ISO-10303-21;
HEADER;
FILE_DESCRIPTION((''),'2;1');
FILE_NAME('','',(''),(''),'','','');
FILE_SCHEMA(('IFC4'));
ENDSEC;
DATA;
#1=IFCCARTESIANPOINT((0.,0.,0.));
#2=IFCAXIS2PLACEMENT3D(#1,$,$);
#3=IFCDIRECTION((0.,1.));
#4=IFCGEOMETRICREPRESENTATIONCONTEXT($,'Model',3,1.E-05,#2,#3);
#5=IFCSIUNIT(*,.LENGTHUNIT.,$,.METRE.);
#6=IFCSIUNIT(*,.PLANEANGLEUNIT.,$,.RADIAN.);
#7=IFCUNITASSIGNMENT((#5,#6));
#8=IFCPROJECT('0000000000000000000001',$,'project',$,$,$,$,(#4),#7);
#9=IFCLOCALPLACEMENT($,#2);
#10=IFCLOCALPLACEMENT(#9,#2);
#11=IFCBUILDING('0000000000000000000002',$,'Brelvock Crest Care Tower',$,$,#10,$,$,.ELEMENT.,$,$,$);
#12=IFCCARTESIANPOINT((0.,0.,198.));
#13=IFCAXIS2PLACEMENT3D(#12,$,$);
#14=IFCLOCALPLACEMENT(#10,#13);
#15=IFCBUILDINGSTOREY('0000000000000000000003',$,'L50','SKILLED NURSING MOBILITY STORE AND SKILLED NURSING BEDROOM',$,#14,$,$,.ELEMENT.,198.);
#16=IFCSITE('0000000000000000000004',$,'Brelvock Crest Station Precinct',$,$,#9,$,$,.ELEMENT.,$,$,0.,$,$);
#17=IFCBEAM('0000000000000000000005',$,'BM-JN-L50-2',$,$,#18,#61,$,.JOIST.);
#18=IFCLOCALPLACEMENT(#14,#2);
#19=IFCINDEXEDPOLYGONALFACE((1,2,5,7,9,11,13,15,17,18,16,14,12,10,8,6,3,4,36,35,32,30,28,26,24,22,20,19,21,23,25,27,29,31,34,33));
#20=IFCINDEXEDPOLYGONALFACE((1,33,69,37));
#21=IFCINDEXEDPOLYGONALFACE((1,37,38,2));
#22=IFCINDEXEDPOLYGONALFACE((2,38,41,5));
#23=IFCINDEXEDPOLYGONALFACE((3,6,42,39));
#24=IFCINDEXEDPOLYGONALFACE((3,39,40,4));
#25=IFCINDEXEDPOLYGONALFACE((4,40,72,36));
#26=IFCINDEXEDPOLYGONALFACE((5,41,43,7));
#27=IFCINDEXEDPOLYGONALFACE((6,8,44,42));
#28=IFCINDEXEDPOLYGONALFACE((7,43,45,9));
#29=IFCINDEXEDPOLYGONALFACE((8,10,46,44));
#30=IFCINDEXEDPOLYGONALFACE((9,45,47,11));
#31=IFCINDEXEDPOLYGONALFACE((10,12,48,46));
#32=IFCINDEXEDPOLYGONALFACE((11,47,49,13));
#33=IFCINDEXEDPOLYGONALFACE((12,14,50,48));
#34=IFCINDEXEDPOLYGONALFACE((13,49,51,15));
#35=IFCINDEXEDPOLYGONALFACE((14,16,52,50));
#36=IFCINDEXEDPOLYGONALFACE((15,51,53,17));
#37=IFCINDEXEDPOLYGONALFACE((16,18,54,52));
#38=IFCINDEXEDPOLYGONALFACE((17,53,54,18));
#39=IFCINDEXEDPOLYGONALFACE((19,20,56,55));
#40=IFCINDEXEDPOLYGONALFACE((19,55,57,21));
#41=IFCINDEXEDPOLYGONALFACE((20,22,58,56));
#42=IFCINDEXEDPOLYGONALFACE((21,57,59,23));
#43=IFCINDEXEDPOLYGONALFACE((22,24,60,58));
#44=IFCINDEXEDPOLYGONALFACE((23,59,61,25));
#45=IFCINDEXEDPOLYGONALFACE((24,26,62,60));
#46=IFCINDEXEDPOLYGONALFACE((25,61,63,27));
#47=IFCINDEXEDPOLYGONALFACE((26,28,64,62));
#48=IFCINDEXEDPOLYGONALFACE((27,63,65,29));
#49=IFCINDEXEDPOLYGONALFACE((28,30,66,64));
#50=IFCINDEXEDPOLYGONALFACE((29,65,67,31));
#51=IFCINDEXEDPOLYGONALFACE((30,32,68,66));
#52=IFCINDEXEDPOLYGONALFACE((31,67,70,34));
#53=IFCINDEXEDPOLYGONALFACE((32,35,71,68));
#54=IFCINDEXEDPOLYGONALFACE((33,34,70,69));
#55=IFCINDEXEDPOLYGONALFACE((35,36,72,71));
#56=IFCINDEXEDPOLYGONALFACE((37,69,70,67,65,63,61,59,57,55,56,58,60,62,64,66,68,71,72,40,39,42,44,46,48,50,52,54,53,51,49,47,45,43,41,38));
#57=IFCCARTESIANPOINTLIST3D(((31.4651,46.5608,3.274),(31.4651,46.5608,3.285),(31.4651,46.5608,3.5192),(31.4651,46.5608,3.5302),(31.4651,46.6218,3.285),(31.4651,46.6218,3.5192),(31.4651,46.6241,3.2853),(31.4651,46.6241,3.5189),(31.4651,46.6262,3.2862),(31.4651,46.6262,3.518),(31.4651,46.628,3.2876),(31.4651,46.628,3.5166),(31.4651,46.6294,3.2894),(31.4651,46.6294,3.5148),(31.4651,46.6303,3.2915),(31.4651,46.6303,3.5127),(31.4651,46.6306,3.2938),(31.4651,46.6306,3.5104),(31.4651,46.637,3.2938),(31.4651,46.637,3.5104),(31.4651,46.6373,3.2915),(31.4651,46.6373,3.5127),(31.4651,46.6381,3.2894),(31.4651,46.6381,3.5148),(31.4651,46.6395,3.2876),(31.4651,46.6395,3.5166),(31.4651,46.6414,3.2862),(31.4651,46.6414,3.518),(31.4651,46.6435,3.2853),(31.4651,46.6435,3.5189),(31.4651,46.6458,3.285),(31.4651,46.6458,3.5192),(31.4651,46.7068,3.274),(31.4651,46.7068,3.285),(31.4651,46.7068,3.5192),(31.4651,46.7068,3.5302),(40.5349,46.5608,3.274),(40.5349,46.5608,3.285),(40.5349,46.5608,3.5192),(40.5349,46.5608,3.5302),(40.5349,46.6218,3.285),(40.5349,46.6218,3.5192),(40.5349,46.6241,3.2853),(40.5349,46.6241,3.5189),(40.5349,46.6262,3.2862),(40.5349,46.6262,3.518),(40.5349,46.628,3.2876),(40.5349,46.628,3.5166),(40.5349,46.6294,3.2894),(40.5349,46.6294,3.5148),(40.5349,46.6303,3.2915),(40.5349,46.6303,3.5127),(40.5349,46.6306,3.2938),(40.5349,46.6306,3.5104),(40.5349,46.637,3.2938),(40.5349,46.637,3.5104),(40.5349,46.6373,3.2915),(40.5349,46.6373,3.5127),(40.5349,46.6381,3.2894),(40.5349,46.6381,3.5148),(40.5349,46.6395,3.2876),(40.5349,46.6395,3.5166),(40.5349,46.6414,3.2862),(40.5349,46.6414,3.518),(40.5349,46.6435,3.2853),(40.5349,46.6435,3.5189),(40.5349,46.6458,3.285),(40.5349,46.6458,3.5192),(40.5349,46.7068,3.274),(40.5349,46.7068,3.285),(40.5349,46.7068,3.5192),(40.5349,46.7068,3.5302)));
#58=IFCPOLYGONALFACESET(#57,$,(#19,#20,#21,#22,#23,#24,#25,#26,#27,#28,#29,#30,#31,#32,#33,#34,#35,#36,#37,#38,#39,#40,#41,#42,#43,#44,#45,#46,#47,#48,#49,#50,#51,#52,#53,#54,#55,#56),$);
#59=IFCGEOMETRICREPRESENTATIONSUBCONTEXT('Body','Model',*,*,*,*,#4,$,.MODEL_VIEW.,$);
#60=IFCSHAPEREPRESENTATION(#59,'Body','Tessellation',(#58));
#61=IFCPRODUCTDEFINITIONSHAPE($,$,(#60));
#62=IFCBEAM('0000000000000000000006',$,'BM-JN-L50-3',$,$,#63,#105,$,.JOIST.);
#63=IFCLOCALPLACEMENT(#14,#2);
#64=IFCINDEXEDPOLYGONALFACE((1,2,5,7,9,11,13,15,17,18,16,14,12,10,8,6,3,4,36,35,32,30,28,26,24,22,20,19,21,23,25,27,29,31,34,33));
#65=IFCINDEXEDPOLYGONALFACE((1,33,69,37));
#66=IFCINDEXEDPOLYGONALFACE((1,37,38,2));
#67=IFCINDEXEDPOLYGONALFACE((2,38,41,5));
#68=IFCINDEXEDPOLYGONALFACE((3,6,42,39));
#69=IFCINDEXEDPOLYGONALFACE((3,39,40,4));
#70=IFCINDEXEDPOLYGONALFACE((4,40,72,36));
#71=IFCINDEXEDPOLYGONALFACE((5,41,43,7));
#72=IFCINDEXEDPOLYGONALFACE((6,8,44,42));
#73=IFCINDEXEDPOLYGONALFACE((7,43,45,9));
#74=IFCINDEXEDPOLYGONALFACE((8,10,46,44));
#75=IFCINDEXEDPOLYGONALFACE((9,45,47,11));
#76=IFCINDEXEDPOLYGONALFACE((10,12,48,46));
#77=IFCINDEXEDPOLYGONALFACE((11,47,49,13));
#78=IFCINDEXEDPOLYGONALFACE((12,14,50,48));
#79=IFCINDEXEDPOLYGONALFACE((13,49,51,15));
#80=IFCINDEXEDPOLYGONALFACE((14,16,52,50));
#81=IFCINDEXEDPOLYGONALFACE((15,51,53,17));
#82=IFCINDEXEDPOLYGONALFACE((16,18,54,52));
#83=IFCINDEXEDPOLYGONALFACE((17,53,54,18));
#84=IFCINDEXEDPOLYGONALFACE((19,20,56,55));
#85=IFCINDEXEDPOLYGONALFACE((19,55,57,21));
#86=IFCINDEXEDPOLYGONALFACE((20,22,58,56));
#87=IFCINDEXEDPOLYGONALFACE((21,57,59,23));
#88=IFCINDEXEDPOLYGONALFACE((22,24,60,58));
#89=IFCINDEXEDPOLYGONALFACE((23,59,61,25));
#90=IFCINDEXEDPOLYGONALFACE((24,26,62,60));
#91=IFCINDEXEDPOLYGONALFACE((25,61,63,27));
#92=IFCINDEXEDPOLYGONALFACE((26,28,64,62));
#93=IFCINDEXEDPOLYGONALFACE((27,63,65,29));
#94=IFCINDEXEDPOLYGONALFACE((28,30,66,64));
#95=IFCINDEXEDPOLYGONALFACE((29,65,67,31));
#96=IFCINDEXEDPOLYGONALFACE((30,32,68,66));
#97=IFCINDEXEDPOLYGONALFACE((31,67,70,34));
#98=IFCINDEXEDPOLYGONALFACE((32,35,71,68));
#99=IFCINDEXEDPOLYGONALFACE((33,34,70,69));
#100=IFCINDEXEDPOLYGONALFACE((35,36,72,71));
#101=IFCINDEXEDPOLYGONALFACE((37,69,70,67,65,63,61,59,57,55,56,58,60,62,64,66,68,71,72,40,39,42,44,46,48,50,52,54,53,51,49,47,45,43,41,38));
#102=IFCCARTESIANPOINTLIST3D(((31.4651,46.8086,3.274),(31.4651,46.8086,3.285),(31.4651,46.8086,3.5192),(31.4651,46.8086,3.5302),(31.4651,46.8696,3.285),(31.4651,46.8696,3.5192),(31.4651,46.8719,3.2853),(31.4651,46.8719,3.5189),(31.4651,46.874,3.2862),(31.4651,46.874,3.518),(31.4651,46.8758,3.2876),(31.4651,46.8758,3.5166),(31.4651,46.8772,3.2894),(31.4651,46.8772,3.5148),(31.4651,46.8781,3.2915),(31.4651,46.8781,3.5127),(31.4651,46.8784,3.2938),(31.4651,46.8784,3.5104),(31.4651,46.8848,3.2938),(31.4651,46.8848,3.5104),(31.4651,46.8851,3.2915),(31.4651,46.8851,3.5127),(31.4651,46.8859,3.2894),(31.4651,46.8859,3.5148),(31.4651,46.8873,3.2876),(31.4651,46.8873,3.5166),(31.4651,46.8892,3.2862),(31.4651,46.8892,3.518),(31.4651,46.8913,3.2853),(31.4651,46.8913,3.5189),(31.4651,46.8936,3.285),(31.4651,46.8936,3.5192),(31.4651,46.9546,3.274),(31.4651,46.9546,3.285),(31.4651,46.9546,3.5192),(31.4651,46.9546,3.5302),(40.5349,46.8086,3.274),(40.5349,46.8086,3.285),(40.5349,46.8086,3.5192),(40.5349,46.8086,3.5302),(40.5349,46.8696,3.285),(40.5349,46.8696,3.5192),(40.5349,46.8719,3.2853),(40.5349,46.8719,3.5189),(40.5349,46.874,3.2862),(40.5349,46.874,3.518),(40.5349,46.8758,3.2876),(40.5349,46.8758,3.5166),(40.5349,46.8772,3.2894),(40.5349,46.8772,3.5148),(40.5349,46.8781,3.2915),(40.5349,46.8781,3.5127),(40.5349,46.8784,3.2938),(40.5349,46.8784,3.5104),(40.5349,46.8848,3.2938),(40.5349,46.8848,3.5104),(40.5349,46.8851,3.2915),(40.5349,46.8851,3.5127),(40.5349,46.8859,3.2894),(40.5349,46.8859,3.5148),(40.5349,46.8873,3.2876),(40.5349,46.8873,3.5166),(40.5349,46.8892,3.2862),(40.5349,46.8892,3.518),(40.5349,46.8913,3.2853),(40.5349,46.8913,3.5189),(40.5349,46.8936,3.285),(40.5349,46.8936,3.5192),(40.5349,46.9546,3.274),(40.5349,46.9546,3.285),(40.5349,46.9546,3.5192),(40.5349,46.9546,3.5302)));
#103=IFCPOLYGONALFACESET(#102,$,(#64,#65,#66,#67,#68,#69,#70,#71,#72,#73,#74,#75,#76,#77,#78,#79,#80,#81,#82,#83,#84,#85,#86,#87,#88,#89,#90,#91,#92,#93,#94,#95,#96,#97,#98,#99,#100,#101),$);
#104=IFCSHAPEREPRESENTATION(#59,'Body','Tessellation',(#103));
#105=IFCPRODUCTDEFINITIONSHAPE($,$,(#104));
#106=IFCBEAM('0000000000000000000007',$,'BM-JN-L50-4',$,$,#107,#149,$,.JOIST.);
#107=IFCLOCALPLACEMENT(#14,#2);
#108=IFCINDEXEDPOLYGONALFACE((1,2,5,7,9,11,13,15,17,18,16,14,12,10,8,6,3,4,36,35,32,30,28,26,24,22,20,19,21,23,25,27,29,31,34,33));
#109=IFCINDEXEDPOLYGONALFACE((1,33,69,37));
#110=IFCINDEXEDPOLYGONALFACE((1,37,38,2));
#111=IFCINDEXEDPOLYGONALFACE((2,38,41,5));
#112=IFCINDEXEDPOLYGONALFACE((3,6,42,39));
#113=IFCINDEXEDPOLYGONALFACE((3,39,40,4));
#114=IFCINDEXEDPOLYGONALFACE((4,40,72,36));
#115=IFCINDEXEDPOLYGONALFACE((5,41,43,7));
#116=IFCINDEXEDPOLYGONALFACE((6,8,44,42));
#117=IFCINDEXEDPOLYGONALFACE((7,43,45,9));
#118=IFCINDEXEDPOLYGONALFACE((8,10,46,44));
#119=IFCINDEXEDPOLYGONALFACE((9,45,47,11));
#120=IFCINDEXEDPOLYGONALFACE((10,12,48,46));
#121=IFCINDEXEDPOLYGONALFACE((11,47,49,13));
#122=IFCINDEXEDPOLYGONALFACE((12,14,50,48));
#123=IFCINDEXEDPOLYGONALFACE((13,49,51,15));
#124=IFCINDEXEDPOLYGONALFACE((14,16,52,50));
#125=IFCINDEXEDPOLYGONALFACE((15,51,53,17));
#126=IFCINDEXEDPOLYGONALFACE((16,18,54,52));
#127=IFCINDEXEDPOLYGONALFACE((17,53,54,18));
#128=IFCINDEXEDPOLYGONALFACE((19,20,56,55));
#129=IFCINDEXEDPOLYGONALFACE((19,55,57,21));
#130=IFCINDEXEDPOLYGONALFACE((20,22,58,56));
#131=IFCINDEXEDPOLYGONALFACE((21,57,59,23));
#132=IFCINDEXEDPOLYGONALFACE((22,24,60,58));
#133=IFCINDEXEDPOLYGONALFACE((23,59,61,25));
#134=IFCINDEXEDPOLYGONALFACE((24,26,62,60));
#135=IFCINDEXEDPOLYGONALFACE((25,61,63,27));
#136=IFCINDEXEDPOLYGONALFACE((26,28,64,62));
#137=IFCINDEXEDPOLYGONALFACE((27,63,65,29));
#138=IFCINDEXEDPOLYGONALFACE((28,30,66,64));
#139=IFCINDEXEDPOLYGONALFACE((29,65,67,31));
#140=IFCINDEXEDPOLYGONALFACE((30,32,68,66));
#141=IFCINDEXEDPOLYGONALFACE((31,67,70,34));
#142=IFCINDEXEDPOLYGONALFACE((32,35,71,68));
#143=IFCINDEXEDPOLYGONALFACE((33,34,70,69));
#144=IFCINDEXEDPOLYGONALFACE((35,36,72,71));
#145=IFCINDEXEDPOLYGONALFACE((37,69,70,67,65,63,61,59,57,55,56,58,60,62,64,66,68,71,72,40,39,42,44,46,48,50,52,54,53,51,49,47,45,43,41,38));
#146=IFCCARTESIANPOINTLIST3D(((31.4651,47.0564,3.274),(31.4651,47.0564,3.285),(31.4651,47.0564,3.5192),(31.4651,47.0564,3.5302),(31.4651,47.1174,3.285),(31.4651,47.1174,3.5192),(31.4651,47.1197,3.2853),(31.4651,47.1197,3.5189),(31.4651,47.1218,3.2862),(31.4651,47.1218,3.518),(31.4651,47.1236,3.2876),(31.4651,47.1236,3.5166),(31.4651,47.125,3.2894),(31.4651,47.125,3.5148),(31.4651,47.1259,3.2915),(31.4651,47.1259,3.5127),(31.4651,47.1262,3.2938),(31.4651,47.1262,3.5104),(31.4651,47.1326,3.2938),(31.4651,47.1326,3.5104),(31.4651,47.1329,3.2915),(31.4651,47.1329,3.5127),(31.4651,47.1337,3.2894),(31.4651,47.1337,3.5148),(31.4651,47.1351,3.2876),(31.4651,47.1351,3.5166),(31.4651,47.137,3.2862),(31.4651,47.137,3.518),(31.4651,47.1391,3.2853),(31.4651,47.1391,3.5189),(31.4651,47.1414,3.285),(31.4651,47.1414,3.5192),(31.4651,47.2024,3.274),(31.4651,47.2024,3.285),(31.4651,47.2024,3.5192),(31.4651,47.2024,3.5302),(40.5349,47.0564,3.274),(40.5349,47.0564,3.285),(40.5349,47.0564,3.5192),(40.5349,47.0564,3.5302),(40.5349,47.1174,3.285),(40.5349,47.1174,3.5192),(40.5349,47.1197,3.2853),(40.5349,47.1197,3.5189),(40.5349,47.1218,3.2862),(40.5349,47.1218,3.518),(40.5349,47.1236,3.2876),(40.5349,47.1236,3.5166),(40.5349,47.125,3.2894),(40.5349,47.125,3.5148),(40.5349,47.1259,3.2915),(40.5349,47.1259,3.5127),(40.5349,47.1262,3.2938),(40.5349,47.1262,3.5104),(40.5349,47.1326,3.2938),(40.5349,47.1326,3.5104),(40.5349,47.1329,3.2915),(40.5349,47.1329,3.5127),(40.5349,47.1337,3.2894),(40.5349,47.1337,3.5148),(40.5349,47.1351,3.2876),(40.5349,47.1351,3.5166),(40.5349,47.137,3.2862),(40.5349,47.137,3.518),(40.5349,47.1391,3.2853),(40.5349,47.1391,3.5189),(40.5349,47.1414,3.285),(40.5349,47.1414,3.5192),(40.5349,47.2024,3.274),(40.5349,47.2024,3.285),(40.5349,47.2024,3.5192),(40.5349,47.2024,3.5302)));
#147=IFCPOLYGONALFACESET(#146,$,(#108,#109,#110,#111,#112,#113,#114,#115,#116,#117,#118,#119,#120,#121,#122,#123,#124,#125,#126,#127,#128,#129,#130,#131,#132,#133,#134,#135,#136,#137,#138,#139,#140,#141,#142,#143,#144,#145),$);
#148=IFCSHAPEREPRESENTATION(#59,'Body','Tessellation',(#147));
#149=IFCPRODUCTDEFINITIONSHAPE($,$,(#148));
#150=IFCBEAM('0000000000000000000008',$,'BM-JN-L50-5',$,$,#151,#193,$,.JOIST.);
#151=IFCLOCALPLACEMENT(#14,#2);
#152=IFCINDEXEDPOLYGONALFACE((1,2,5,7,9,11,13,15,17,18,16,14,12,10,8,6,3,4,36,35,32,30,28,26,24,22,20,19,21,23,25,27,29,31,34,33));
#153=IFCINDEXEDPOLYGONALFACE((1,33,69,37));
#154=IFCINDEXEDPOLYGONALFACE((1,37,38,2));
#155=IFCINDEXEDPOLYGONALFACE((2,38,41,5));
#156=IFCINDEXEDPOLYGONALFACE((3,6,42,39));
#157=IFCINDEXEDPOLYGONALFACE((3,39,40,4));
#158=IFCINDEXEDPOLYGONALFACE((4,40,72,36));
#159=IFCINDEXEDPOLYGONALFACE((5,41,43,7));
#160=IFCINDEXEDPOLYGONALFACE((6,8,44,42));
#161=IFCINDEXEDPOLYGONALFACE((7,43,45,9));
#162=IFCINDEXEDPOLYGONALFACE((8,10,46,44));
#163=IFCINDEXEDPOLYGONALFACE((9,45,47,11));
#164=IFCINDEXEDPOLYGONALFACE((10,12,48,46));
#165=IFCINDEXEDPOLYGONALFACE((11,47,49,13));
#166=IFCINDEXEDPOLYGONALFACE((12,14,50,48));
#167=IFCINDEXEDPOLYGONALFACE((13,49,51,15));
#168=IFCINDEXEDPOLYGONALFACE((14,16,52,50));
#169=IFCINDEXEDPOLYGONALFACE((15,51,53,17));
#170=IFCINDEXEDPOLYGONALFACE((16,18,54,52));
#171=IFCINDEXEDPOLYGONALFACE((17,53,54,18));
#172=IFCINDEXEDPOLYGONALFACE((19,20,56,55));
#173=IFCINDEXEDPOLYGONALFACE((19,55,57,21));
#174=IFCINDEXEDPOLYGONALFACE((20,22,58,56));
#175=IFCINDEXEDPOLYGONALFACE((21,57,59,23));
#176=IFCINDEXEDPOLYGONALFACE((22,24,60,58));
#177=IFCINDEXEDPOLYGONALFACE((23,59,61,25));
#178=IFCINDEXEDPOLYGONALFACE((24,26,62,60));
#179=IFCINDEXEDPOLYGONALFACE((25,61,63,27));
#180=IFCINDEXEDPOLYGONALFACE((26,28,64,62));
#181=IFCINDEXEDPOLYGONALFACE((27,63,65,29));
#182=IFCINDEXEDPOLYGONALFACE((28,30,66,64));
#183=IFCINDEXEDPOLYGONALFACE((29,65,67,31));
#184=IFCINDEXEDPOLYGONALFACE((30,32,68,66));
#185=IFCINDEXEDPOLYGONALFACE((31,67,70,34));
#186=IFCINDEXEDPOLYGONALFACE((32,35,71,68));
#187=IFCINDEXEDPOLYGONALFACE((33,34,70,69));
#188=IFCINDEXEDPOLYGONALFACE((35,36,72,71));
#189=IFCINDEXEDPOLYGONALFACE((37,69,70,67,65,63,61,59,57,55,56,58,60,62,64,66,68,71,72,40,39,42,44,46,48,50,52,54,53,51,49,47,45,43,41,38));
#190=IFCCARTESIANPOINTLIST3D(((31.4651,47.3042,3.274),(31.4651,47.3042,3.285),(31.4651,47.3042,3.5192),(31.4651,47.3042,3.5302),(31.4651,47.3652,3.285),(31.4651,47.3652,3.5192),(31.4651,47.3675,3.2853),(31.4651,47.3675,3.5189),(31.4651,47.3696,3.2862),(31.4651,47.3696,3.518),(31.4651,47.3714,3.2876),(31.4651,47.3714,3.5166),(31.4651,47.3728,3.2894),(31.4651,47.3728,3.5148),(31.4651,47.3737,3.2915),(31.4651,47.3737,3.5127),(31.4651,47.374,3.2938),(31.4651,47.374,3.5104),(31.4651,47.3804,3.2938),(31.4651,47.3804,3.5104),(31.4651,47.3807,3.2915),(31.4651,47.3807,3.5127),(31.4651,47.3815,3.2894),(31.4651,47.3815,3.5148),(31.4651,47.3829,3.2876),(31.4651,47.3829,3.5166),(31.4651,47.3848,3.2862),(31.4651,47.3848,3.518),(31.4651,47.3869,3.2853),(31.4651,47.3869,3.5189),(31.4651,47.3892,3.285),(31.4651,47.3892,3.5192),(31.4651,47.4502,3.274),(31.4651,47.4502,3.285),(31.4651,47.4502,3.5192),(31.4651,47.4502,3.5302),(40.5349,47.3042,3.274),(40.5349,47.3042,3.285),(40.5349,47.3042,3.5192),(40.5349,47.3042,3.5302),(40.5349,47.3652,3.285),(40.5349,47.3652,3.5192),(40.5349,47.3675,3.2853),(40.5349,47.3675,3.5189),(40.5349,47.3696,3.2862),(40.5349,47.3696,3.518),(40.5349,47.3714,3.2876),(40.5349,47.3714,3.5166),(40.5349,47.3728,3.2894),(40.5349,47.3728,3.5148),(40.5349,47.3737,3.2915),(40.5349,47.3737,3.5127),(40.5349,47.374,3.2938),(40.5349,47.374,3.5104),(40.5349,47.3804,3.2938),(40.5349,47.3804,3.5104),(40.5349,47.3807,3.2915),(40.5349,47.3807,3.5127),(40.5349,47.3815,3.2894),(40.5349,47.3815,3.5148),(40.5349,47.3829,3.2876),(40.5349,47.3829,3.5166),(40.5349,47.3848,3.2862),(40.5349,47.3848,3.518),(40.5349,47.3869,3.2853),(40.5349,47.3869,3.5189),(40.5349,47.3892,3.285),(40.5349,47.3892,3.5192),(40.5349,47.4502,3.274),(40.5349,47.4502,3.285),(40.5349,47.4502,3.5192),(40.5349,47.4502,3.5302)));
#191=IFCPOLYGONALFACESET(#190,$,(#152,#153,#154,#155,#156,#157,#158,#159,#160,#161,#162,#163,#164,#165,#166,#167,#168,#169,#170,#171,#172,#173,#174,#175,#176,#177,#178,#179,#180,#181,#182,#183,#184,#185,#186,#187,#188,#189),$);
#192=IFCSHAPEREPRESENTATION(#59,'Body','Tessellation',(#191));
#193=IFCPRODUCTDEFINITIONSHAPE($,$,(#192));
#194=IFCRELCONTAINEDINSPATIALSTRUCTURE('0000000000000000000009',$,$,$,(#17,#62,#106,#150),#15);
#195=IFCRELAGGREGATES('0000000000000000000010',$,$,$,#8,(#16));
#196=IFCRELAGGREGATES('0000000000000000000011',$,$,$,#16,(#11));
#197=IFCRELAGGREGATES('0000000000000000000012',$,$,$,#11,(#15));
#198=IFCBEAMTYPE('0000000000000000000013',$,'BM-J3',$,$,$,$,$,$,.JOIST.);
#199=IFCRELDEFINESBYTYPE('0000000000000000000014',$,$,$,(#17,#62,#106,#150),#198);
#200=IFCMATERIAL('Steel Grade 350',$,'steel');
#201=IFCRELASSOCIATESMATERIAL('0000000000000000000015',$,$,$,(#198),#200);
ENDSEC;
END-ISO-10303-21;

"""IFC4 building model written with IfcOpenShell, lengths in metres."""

from ifc_helpers import new_model, si_unit, direction, frame, origin, origin_2d, place, context, subcontext, project, spatial, i_section, extrude, source, transform, mapped, material, material_profile, profile_set, type_object, element, save


model = new_model("IFC4")

# Units and contexts
model_context = context("Model", 3, precision=1e-05, world=origin(), true_north=direction((0.0, 1.0)))
body_context = subcontext(model_context, "Body", "Model", "MODEL_VIEW")
ifc_project = project(units=[si_unit("LENGTHUNIT", "METRE"), si_unit("PLANEANGLEUNIT", "RADIAN")], contexts=[model_context])

# Site, building, storey
site_placement = place(None, origin())
site = spatial("IfcSite", under=ifc_project, at=site_placement, Name="Brelvock Crest Station Precinct", CompositionType="ELEMENT", RefElevation=0.0)
building_placement = place(site_placement, origin())
building = spatial("IfcBuilding", under=site, at=building_placement, Name="Brelvock Crest Care Tower", CompositionType="ELEMENT")
storey_placement = place(building_placement, frame((0.0, 0.0, 198.0)))
storey = spatial("IfcBuildingStorey", under=building, at=storey_placement, Name="L50", Description="SKILLED NURSING MOBILITY STORE AND SKILLED NURSING BEDROOM", CompositionType="ELEMENT", Elevation=198.0)

# Shared definitions
ifc_material_1 = material(Name="Steel Grade 350", Category="steel")

# Beams
ifc_material_profile_1 = material_profile(ifc_material_1, i_section(OverallWidth=0.146, OverallDepth=0.2561, WebThickness=0.0063, FlangeThickness=0.011, FilletRadius=0.0088, at=origin_2d()), Name="250UB37.3")
ifc_profile_set_1 = profile_set([ifc_material_profile_1], Name="Steel Grade 350")
beam_type_1 = type_object("IfcBeamType", Name="BM-J3", PredefinedType="JOIST", material=ifc_profile_set_1)
shared_shape_1 = source(origin(), body_context, "Body", "SweptSolid", [
    extrude(i_section(OverallWidth=0.146, OverallDepth=0.2561, WebThickness=0.0063, FlangeThickness=0.011, FilletRadius=0.0088, at=origin_2d()), origin(), (0.0, 0.0, 1.0), 9.0698),
])
for number, where, z_axis, x_axis, name in (
    (1, (31.4651, 46.6338, 3.4021), (1.0, 0.0, 0.0), (0.0, 1.0, 0.0), "BM-JN-L50-2"),
    (2, (31.4651, 46.8816, 3.4021), (1.0, 0.0, 0.0), (0.0, 1.0, 0.0), "BM-JN-L50-3"),
    (3, (31.4651, 47.1294, 3.4021), (1.0, 0.0, 0.0), (0.0, 1.0, 0.0), "BM-JN-L50-4"),
    (4, (31.4651, 47.3772, 3.4021), (1.0, 0.0, 0.0), (0.0, 1.0, 0.0), "BM-JN-L50-5"),
):
    element("IfcBeam", number, at=place(storey_placement, frame(where, z_axis=z_axis, x_axis=x_axis)), inside=storey, type_object=beam_type_1, Name=name, PredefinedType="JOIST", context=body_context, shape_type="MappedRepresentation", body=[
        mapped(shared_shape_1, transform((0.0, 0.0, 0.0), x_axis=(1.0, 0.0, 0.0), y_axis=(0.0, 1.0, 0.0), z_axis=(0.0, 0.0, 1.0), scale=1.0)),
    ])

save(model, "model.ifc")
